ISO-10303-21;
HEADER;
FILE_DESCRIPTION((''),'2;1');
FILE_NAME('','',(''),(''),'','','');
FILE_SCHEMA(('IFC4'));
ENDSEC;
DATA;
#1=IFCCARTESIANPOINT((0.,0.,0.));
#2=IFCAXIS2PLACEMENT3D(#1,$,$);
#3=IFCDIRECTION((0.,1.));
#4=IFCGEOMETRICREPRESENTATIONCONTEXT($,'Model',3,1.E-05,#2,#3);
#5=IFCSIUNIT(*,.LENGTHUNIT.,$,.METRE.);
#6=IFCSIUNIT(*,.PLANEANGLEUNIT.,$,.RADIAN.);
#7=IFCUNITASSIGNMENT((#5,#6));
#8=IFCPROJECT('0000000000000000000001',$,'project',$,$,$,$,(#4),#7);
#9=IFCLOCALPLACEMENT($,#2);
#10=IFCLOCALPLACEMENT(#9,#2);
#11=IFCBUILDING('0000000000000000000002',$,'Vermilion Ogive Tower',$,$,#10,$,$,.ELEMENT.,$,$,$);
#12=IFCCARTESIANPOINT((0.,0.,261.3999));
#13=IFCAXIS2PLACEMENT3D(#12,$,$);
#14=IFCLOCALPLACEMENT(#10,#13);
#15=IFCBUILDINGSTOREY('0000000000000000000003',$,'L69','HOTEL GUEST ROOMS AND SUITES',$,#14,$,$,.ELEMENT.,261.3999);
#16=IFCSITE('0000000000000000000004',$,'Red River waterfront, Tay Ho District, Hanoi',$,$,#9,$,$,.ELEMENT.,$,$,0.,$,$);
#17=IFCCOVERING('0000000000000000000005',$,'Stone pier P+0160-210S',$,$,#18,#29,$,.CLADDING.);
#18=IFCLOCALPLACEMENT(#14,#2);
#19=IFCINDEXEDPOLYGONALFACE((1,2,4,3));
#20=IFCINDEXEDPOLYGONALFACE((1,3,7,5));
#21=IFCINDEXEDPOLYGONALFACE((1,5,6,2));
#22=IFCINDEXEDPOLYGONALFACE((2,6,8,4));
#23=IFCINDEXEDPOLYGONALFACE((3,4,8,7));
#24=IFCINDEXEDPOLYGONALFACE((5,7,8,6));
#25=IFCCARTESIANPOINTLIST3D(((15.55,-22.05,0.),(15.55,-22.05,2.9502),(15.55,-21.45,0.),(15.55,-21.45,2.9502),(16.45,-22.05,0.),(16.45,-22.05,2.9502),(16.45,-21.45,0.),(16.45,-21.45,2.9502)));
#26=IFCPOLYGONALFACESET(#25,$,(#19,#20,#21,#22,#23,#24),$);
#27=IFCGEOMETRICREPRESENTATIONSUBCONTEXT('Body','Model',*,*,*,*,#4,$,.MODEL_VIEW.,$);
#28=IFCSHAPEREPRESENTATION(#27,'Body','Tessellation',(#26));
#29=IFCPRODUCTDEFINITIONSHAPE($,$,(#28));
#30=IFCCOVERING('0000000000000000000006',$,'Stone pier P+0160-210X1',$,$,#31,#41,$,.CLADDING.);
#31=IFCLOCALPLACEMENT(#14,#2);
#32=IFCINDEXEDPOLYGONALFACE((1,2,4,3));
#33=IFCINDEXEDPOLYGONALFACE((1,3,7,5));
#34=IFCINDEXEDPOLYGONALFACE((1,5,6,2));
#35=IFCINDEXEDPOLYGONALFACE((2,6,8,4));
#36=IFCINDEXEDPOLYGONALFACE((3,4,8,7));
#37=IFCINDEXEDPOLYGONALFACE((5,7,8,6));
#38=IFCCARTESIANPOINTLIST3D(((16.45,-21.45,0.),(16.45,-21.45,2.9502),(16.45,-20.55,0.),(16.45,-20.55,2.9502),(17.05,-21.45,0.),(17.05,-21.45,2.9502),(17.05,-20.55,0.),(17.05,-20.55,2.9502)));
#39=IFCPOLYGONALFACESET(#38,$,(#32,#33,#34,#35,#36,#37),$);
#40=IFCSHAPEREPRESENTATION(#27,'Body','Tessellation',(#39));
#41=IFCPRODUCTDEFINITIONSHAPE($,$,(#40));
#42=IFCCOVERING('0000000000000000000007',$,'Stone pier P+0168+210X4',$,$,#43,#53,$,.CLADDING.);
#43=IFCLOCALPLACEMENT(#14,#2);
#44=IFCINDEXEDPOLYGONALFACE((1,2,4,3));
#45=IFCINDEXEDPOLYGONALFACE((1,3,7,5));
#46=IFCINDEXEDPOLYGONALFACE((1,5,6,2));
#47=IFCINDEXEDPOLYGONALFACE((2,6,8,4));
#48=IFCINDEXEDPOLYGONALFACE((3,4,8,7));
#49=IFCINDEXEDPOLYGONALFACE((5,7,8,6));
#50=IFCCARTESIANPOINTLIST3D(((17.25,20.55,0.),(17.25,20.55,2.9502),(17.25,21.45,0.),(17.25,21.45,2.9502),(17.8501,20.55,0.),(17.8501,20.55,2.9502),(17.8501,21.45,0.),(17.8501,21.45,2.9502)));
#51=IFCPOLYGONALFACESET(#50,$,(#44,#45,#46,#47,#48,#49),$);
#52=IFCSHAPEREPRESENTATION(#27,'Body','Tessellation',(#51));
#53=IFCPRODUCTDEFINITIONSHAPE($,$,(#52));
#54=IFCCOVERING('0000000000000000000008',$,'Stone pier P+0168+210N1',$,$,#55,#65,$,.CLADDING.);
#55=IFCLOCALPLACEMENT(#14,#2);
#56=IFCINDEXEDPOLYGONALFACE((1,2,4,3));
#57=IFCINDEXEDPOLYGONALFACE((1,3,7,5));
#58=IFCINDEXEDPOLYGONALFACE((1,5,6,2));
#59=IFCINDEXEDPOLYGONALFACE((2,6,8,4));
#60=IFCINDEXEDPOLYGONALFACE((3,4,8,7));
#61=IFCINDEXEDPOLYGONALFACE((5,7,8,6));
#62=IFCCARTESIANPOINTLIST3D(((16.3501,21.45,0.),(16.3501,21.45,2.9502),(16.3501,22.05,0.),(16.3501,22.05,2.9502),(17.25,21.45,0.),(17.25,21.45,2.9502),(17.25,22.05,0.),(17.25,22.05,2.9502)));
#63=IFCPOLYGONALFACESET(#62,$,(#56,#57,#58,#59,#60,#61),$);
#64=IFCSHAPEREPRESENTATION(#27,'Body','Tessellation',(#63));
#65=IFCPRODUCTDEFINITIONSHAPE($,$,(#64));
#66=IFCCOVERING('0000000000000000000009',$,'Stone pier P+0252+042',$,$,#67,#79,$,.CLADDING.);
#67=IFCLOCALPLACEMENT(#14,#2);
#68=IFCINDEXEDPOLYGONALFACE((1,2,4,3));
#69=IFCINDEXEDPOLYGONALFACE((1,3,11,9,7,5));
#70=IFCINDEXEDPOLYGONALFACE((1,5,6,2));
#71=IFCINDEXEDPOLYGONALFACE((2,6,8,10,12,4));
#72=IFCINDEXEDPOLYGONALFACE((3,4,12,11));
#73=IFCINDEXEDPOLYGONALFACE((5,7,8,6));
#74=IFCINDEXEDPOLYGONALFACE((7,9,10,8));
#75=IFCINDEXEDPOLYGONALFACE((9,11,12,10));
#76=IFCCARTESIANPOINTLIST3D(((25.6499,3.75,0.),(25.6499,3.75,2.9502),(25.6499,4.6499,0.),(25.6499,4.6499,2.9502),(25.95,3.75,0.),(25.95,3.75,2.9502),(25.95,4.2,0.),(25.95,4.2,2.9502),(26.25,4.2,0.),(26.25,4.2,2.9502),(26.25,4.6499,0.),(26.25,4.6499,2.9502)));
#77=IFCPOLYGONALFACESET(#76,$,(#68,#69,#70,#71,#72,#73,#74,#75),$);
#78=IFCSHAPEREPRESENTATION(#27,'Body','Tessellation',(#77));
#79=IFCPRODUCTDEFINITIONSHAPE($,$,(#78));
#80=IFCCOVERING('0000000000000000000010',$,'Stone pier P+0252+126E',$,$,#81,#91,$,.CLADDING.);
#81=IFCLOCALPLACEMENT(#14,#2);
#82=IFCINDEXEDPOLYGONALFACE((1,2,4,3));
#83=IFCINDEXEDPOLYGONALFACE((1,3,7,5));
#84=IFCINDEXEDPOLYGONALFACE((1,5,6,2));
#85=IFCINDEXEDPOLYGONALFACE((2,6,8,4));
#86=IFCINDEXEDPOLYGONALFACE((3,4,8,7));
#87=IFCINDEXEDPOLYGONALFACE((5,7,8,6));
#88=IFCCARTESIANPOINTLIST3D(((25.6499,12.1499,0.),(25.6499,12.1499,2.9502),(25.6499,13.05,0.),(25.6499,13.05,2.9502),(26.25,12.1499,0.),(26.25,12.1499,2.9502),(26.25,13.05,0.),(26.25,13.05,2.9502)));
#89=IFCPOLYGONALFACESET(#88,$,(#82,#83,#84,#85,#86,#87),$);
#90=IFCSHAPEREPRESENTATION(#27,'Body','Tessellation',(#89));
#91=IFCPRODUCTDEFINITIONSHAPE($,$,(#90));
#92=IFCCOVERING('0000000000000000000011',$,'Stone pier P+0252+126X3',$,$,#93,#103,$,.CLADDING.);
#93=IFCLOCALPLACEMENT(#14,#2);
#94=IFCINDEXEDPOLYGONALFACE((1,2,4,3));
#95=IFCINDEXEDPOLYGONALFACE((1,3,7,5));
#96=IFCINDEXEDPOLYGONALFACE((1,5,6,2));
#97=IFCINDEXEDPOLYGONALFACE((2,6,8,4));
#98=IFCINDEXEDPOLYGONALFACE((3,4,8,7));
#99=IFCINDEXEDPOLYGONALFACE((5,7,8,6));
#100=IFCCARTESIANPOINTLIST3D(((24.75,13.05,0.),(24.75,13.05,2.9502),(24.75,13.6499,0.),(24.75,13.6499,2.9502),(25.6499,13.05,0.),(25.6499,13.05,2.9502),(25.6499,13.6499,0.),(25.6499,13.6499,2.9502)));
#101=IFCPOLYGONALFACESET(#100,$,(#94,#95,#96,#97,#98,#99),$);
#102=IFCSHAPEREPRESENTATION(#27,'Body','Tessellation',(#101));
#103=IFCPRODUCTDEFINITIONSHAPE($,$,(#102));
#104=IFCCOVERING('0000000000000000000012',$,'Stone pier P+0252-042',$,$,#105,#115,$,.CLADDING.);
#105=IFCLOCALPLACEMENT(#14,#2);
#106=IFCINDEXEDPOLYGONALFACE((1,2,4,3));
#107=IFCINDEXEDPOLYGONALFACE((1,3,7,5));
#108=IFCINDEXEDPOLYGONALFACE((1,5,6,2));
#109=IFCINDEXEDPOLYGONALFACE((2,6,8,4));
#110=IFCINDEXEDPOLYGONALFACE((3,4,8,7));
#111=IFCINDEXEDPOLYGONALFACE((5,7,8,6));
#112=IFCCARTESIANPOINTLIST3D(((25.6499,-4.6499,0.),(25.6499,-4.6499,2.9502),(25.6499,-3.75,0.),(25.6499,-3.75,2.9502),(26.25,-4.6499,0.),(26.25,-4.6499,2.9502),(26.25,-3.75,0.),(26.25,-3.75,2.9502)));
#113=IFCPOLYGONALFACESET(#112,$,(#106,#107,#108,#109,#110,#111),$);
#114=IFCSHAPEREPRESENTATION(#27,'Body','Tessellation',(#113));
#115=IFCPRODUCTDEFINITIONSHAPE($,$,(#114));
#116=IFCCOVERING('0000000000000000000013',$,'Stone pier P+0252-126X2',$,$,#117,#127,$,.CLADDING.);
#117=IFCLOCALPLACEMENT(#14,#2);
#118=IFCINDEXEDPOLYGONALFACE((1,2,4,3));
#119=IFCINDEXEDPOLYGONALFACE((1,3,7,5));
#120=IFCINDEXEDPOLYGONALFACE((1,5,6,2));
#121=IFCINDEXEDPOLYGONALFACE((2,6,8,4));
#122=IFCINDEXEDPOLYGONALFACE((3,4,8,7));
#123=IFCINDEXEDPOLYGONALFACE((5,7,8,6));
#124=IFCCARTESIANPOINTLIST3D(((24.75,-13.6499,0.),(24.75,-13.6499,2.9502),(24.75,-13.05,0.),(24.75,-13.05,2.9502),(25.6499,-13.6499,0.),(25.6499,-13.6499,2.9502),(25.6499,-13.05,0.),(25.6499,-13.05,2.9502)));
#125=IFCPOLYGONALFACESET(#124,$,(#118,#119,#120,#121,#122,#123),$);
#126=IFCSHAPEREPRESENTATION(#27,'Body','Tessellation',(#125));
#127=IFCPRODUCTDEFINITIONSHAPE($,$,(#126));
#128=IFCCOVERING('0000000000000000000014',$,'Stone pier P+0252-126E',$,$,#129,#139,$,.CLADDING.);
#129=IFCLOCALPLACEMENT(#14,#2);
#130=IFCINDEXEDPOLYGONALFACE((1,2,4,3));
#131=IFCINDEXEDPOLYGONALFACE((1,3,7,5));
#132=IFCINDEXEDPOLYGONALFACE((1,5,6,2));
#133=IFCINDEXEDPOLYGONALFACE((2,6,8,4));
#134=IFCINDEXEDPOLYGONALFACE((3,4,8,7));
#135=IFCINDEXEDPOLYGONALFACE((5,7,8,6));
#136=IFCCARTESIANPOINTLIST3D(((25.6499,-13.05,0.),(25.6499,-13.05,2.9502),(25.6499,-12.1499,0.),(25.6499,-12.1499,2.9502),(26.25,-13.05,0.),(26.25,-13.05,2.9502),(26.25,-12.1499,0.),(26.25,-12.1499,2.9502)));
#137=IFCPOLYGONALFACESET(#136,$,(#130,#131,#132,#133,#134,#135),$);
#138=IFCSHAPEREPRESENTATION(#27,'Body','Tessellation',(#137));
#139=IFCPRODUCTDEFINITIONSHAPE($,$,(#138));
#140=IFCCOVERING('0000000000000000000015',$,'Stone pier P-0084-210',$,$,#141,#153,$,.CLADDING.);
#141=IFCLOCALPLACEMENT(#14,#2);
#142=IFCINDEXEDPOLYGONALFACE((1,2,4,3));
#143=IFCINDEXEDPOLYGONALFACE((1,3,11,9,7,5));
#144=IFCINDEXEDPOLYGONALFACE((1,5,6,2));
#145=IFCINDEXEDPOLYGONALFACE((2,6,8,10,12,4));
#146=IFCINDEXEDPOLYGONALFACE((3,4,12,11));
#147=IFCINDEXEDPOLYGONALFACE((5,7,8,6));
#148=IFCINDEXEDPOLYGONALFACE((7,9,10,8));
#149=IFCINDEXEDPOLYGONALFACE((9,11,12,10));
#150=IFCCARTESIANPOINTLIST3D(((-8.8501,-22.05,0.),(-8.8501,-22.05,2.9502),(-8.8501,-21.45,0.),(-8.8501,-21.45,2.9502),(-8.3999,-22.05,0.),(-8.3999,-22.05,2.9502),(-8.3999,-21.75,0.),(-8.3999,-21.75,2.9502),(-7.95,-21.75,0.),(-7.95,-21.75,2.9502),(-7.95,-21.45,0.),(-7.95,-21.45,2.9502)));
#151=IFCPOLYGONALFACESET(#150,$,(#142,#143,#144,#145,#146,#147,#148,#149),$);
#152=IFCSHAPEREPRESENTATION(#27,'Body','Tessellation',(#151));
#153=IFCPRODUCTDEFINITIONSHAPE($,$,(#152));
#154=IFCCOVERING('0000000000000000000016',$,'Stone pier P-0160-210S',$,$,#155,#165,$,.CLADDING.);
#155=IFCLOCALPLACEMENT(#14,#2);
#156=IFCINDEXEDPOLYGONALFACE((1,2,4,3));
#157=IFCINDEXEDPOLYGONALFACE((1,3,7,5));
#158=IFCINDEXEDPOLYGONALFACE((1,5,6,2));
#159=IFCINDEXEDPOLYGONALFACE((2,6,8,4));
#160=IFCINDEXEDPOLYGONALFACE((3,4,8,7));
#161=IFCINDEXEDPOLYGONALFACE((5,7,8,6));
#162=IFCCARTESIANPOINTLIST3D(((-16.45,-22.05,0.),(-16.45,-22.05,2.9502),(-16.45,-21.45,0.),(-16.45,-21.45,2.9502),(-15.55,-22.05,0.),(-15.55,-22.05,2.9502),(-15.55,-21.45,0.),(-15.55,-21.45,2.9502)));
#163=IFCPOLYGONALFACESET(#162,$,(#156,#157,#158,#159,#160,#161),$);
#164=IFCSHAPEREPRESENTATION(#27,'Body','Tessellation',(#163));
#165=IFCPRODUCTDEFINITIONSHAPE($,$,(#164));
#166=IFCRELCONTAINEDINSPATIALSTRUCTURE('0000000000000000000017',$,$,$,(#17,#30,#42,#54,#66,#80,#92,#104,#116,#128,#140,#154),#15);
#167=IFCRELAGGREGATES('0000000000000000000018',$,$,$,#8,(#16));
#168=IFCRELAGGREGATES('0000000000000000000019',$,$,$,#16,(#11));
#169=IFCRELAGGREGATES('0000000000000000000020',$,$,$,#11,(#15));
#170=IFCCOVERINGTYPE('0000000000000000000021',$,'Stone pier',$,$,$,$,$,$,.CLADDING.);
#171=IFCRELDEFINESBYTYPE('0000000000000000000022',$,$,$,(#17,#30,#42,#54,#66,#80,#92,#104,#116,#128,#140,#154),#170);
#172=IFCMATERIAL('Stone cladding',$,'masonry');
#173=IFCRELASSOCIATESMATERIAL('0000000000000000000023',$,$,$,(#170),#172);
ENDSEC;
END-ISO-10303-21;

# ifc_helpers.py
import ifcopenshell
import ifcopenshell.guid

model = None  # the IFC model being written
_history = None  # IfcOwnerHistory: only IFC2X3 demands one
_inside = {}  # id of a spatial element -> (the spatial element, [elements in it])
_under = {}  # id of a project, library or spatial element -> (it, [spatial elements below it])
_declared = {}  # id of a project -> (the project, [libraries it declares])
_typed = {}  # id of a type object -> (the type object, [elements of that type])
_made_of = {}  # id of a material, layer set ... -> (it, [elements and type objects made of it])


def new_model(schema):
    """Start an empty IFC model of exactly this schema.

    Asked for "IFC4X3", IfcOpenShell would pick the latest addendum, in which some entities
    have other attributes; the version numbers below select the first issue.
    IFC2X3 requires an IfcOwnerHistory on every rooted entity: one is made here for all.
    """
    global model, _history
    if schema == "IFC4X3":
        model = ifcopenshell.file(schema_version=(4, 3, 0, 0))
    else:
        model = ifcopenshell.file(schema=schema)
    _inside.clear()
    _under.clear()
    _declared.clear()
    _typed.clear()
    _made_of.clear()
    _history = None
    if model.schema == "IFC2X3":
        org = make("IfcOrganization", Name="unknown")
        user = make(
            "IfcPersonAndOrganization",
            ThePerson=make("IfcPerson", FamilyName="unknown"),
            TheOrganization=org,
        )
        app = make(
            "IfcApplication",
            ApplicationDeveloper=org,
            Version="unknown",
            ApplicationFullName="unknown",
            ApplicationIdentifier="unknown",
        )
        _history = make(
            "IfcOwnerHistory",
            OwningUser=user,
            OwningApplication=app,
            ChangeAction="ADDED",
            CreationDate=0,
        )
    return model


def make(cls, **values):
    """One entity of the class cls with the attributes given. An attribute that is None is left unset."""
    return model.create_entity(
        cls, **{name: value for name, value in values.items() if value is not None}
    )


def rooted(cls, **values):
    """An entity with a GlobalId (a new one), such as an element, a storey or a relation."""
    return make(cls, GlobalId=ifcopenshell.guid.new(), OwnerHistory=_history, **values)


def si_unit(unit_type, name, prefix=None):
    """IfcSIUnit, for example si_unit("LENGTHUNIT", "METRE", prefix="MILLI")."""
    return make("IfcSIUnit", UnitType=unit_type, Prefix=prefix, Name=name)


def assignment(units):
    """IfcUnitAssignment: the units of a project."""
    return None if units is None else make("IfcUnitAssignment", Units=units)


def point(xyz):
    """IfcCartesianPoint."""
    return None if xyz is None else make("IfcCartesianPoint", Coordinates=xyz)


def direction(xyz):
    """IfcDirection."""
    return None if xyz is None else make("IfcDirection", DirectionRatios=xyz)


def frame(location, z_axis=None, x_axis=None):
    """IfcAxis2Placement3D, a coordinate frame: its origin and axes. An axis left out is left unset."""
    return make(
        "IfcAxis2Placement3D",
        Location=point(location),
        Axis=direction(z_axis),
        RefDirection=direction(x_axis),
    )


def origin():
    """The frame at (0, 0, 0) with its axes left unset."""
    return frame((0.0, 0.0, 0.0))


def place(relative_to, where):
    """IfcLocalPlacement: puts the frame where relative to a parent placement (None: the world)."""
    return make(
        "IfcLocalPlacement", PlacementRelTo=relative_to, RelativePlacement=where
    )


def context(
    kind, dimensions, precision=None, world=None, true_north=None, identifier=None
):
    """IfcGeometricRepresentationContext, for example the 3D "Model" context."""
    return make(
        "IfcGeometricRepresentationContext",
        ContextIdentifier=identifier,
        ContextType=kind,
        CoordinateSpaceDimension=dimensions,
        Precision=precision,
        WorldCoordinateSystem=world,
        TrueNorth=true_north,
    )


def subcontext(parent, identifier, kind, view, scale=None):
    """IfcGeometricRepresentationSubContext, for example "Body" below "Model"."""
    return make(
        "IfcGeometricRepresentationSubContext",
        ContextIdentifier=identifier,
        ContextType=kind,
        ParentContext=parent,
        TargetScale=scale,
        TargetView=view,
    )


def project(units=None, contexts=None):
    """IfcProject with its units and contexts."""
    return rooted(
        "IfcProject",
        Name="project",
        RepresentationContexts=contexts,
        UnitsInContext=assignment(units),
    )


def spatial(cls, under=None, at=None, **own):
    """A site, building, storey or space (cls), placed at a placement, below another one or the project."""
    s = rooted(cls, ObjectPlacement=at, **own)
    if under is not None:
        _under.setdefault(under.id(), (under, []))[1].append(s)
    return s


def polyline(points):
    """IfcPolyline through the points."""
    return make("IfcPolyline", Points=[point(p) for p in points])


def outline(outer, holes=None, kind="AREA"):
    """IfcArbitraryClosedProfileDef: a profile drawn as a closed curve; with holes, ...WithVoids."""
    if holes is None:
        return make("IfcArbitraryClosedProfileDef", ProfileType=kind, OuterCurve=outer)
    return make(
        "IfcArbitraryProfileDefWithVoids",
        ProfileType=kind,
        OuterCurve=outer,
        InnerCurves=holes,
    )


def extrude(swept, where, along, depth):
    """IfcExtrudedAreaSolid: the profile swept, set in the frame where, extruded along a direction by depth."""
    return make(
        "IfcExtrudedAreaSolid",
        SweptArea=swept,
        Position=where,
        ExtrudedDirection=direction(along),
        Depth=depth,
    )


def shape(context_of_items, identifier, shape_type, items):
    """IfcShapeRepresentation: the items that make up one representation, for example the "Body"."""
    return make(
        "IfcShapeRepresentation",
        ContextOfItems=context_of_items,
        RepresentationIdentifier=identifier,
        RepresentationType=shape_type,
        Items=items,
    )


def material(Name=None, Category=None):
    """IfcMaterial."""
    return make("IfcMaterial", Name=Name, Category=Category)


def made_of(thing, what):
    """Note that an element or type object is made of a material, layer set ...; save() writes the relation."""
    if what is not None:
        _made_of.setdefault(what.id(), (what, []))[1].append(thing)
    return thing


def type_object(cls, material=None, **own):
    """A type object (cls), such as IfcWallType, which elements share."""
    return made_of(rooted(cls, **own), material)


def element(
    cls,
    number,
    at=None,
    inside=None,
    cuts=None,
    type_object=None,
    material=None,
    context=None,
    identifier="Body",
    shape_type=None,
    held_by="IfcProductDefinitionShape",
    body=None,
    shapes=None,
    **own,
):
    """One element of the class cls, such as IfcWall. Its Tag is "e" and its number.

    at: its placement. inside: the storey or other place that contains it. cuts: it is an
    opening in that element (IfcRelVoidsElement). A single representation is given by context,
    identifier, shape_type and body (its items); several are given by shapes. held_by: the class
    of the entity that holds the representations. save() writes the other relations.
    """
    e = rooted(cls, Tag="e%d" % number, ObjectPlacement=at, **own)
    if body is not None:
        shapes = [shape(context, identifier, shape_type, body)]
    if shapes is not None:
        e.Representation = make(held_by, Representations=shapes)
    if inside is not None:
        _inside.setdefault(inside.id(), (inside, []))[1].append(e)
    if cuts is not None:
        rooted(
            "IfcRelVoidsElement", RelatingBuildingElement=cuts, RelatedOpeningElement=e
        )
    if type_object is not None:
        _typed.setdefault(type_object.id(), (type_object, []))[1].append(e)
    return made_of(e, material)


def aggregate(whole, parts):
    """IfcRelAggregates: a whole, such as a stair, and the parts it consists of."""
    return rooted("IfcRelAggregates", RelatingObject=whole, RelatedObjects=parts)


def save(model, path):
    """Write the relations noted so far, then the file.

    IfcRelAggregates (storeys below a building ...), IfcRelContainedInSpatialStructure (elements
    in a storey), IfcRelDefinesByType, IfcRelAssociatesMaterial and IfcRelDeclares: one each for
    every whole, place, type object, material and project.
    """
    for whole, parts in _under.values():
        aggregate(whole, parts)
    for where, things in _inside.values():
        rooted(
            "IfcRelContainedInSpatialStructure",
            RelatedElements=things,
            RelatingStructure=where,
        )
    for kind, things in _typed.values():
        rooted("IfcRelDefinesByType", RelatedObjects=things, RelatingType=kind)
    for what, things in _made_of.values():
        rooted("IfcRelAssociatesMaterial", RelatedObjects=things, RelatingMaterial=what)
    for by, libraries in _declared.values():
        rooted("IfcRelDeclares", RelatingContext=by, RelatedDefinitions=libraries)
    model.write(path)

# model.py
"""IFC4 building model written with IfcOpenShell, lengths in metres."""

from ifc_helpers import new_model, si_unit, direction, frame, origin, place, context, subcontext, project, spatial, polyline, outline, extrude, material, type_object, element, save


model = new_model("IFC4")

# Units and contexts
model_context = context("Model", 3, precision=1e-05, world=origin(), true_north=direction((0.0, 1.0)))
body_context = subcontext(model_context, "Body", "Model", "MODEL_VIEW")
ifc_project = project(units=[si_unit("LENGTHUNIT", "METRE"), si_unit("PLANEANGLEUNIT", "RADIAN")], contexts=[model_context])

# Site, building, storey
site_placement = place(None, origin())
site = spatial("IfcSite", under=ifc_project, at=site_placement, Name="Red River waterfront, Tay Ho District, Hanoi", CompositionType="ELEMENT", RefElevation=0.0)
building_placement = place(site_placement, origin())
building = spatial("IfcBuilding", under=site, at=building_placement, Name="Vermilion Ogive Tower", CompositionType="ELEMENT")
storey_placement = place(building_placement, frame((0.0, 0.0, 261.3999)))
storey = spatial("IfcBuildingStorey", under=building, at=storey_placement, Name="L69", Description="HOTEL GUEST ROOMS AND SUITES", CompositionType="ELEMENT", Elevation=261.3999)

# Coverings
ifc_material_1 = material(Name="Stone cladding", Category="masonry")
covering_type_1 = type_object("IfcCoveringType", Name="Stone pier", PredefinedType="CLADDING", material=ifc_material_1)
covering_1_placement = place(storey_placement, origin())
element("IfcCovering", 1, at=covering_1_placement, inside=storey, type_object=covering_type_1, Name="Stone pier P+0160-210S", PredefinedType="CLADDING", context=body_context, shape_type="SweptSolid", body=[
    extrude(outline(polyline([(16.45, -21.45), (16.45, -21.45), (16.45, -22.05), (15.55, -22.05), (15.55, -21.45), (15.55, -21.45), (16.45, -21.45)])), origin(), (0.0, 0.0, 1.0), 2.9502),
])
covering_2_placement = place(storey_placement, origin())
element("IfcCovering", 2, at=covering_2_placement, inside=storey, type_object=covering_type_1, Name="Stone pier P+0160-210X1", PredefinedType="CLADDING", context=body_context, shape_type="SweptSolid", body=[
    extrude(outline(polyline([(17.05, -21.45), (16.45, -21.45), (16.45, -21.45), (16.45, -20.55), (17.05, -20.55), (17.05, -21.45)])), origin(), (0.0, 0.0, 1.0), 2.9502),
])
covering_3_placement = place(storey_placement, origin())
element("IfcCovering", 3, at=covering_3_placement, inside=storey, type_object=covering_type_1, Name="Stone pier P+0168+210X4", PredefinedType="CLADDING", context=body_context, shape_type="SweptSolid", body=[
    extrude(outline(polyline([(17.8501, 21.45), (17.8501, 20.55), (17.25, 20.55), (17.25, 21.45), (17.8501, 21.45)])), origin(), (0.0, 0.0, 1.0), 2.9502),
])
covering_4_placement = place(storey_placement, origin())
element("IfcCovering", 4, at=covering_4_placement, inside=storey, type_object=covering_type_1, Name="Stone pier P+0168+210N1", PredefinedType="CLADDING", context=body_context, shape_type="SweptSolid", body=[
    extrude(outline(polyline([(17.25, 22.05), (17.25, 21.45), (16.3501, 21.45), (16.3501, 22.05), (17.25, 22.05)])), origin(), (0.0, 0.0, 1.0), 2.9502),
])
covering_5_placement = place(storey_placement, origin())
element("IfcCovering", 5, at=covering_5_placement, inside=storey, type_object=covering_type_1, Name="Stone pier P+0252+042", PredefinedType="CLADDING", context=body_context, shape_type="SweptSolid", body=[
    extrude(outline(polyline([(26.25, 4.6499), (26.25, 4.2), (25.95, 4.2), (25.95, 3.75), (25.6499, 3.75), (25.6499, 4.6499), (26.25, 4.6499)])), origin(), (0.0, 0.0, 1.0), 2.9502),
])
covering_6_placement = place(storey_placement, origin())
element("IfcCovering", 6, at=covering_6_placement, inside=storey, type_object=covering_type_1, Name="Stone pier P+0252+126E", PredefinedType="CLADDING", context=body_context, shape_type="SweptSolid", body=[
    extrude(outline(polyline([(26.25, 13.05), (26.25, 12.1499), (25.6499, 12.1499), (25.6499, 13.05), (26.25, 13.05)])), origin(), (0.0, 0.0, 1.0), 2.9502),
])
covering_7_placement = place(storey_placement, origin())
element("IfcCovering", 7, at=covering_7_placement, inside=storey, type_object=covering_type_1, Name="Stone pier P+0252+126X3", PredefinedType="CLADDING", context=body_context, shape_type="SweptSolid", body=[
    extrude(outline(polyline([(25.6499, 13.6499), (25.6499, 13.05), (24.75, 13.05), (24.75, 13.6499), (25.6499, 13.6499)])), origin(), (0.0, 0.0, 1.0), 2.9502),
])
covering_8_placement = place(storey_placement, origin())
element("IfcCovering", 8, at=covering_8_placement, inside=storey, type_object=covering_type_1, Name="Stone pier P+0252-042", PredefinedType="CLADDING", context=body_context, shape_type="SweptSolid", body=[
    extrude(outline(polyline([(26.25, -3.75), (26.25, -4.6499), (25.6499, -4.6499), (25.6499, -3.75), (26.25, -3.75)])), origin(), (0.0, 0.0, 1.0), 2.9502),
])
covering_9_placement = place(storey_placement, origin())
element("IfcCovering", 9, at=covering_9_placement, inside=storey, type_object=covering_type_1, Name="Stone pier P+0252-126X2", PredefinedType="CLADDING", context=body_context, shape_type="SweptSolid", body=[
    extrude(outline(polyline([(25.6499, -13.6499), (24.75, -13.6499), (24.75, -13.05), (25.6499, -13.05), (25.6499, -13.6499)])), origin(), (0.0, 0.0, 1.0), 2.9502),
])
covering_10_placement = place(storey_placement, origin())
element("IfcCovering", 10, at=covering_10_placement, inside=storey, type_object=covering_type_1, Name="Stone pier P+0252-126E", PredefinedType="CLADDING", context=body_context, shape_type="SweptSolid", body=[
    extrude(outline(polyline([(26.25, -13.05), (25.6499, -13.05), (25.6499, -12.1499), (26.25, -12.1499), (26.25, -13.05)])), origin(), (0.0, 0.0, 1.0), 2.9502),
])
covering_11_placement = place(storey_placement, origin())
element("IfcCovering", 11, at=covering_11_placement, inside=storey, type_object=covering_type_1, Name="Stone pier P-0084-210", PredefinedType="CLADDING", context=body_context, shape_type="SweptSolid", body=[
    extrude(outline(polyline([(-7.95, -21.45), (-7.95, -21.75), (-8.3999, -21.75), (-8.3999, -22.05), (-8.8501, -22.05), (-8.8501, -21.45), (-8.8501, -21.45), (-7.95, -21.45)])), origin(), (0.0, 0.0, 1.0), 2.9502),
])
covering_12_placement = place(storey_placement, origin())
element("IfcCovering", 12, at=covering_12_placement, inside=storey, type_object=covering_type_1, Name="Stone pier P-0160-210S", PredefinedType="CLADDING", context=body_context, shape_type="SweptSolid", body=[
    extrude(outline(polyline([(-15.55, -22.05), (-16.45, -22.05), (-16.45, -21.45), (-15.55, -21.45), (-15.55, -22.05)])), origin(), (0.0, 0.0, 1.0), 2.9502),
])

save(model, "model.ifc")
